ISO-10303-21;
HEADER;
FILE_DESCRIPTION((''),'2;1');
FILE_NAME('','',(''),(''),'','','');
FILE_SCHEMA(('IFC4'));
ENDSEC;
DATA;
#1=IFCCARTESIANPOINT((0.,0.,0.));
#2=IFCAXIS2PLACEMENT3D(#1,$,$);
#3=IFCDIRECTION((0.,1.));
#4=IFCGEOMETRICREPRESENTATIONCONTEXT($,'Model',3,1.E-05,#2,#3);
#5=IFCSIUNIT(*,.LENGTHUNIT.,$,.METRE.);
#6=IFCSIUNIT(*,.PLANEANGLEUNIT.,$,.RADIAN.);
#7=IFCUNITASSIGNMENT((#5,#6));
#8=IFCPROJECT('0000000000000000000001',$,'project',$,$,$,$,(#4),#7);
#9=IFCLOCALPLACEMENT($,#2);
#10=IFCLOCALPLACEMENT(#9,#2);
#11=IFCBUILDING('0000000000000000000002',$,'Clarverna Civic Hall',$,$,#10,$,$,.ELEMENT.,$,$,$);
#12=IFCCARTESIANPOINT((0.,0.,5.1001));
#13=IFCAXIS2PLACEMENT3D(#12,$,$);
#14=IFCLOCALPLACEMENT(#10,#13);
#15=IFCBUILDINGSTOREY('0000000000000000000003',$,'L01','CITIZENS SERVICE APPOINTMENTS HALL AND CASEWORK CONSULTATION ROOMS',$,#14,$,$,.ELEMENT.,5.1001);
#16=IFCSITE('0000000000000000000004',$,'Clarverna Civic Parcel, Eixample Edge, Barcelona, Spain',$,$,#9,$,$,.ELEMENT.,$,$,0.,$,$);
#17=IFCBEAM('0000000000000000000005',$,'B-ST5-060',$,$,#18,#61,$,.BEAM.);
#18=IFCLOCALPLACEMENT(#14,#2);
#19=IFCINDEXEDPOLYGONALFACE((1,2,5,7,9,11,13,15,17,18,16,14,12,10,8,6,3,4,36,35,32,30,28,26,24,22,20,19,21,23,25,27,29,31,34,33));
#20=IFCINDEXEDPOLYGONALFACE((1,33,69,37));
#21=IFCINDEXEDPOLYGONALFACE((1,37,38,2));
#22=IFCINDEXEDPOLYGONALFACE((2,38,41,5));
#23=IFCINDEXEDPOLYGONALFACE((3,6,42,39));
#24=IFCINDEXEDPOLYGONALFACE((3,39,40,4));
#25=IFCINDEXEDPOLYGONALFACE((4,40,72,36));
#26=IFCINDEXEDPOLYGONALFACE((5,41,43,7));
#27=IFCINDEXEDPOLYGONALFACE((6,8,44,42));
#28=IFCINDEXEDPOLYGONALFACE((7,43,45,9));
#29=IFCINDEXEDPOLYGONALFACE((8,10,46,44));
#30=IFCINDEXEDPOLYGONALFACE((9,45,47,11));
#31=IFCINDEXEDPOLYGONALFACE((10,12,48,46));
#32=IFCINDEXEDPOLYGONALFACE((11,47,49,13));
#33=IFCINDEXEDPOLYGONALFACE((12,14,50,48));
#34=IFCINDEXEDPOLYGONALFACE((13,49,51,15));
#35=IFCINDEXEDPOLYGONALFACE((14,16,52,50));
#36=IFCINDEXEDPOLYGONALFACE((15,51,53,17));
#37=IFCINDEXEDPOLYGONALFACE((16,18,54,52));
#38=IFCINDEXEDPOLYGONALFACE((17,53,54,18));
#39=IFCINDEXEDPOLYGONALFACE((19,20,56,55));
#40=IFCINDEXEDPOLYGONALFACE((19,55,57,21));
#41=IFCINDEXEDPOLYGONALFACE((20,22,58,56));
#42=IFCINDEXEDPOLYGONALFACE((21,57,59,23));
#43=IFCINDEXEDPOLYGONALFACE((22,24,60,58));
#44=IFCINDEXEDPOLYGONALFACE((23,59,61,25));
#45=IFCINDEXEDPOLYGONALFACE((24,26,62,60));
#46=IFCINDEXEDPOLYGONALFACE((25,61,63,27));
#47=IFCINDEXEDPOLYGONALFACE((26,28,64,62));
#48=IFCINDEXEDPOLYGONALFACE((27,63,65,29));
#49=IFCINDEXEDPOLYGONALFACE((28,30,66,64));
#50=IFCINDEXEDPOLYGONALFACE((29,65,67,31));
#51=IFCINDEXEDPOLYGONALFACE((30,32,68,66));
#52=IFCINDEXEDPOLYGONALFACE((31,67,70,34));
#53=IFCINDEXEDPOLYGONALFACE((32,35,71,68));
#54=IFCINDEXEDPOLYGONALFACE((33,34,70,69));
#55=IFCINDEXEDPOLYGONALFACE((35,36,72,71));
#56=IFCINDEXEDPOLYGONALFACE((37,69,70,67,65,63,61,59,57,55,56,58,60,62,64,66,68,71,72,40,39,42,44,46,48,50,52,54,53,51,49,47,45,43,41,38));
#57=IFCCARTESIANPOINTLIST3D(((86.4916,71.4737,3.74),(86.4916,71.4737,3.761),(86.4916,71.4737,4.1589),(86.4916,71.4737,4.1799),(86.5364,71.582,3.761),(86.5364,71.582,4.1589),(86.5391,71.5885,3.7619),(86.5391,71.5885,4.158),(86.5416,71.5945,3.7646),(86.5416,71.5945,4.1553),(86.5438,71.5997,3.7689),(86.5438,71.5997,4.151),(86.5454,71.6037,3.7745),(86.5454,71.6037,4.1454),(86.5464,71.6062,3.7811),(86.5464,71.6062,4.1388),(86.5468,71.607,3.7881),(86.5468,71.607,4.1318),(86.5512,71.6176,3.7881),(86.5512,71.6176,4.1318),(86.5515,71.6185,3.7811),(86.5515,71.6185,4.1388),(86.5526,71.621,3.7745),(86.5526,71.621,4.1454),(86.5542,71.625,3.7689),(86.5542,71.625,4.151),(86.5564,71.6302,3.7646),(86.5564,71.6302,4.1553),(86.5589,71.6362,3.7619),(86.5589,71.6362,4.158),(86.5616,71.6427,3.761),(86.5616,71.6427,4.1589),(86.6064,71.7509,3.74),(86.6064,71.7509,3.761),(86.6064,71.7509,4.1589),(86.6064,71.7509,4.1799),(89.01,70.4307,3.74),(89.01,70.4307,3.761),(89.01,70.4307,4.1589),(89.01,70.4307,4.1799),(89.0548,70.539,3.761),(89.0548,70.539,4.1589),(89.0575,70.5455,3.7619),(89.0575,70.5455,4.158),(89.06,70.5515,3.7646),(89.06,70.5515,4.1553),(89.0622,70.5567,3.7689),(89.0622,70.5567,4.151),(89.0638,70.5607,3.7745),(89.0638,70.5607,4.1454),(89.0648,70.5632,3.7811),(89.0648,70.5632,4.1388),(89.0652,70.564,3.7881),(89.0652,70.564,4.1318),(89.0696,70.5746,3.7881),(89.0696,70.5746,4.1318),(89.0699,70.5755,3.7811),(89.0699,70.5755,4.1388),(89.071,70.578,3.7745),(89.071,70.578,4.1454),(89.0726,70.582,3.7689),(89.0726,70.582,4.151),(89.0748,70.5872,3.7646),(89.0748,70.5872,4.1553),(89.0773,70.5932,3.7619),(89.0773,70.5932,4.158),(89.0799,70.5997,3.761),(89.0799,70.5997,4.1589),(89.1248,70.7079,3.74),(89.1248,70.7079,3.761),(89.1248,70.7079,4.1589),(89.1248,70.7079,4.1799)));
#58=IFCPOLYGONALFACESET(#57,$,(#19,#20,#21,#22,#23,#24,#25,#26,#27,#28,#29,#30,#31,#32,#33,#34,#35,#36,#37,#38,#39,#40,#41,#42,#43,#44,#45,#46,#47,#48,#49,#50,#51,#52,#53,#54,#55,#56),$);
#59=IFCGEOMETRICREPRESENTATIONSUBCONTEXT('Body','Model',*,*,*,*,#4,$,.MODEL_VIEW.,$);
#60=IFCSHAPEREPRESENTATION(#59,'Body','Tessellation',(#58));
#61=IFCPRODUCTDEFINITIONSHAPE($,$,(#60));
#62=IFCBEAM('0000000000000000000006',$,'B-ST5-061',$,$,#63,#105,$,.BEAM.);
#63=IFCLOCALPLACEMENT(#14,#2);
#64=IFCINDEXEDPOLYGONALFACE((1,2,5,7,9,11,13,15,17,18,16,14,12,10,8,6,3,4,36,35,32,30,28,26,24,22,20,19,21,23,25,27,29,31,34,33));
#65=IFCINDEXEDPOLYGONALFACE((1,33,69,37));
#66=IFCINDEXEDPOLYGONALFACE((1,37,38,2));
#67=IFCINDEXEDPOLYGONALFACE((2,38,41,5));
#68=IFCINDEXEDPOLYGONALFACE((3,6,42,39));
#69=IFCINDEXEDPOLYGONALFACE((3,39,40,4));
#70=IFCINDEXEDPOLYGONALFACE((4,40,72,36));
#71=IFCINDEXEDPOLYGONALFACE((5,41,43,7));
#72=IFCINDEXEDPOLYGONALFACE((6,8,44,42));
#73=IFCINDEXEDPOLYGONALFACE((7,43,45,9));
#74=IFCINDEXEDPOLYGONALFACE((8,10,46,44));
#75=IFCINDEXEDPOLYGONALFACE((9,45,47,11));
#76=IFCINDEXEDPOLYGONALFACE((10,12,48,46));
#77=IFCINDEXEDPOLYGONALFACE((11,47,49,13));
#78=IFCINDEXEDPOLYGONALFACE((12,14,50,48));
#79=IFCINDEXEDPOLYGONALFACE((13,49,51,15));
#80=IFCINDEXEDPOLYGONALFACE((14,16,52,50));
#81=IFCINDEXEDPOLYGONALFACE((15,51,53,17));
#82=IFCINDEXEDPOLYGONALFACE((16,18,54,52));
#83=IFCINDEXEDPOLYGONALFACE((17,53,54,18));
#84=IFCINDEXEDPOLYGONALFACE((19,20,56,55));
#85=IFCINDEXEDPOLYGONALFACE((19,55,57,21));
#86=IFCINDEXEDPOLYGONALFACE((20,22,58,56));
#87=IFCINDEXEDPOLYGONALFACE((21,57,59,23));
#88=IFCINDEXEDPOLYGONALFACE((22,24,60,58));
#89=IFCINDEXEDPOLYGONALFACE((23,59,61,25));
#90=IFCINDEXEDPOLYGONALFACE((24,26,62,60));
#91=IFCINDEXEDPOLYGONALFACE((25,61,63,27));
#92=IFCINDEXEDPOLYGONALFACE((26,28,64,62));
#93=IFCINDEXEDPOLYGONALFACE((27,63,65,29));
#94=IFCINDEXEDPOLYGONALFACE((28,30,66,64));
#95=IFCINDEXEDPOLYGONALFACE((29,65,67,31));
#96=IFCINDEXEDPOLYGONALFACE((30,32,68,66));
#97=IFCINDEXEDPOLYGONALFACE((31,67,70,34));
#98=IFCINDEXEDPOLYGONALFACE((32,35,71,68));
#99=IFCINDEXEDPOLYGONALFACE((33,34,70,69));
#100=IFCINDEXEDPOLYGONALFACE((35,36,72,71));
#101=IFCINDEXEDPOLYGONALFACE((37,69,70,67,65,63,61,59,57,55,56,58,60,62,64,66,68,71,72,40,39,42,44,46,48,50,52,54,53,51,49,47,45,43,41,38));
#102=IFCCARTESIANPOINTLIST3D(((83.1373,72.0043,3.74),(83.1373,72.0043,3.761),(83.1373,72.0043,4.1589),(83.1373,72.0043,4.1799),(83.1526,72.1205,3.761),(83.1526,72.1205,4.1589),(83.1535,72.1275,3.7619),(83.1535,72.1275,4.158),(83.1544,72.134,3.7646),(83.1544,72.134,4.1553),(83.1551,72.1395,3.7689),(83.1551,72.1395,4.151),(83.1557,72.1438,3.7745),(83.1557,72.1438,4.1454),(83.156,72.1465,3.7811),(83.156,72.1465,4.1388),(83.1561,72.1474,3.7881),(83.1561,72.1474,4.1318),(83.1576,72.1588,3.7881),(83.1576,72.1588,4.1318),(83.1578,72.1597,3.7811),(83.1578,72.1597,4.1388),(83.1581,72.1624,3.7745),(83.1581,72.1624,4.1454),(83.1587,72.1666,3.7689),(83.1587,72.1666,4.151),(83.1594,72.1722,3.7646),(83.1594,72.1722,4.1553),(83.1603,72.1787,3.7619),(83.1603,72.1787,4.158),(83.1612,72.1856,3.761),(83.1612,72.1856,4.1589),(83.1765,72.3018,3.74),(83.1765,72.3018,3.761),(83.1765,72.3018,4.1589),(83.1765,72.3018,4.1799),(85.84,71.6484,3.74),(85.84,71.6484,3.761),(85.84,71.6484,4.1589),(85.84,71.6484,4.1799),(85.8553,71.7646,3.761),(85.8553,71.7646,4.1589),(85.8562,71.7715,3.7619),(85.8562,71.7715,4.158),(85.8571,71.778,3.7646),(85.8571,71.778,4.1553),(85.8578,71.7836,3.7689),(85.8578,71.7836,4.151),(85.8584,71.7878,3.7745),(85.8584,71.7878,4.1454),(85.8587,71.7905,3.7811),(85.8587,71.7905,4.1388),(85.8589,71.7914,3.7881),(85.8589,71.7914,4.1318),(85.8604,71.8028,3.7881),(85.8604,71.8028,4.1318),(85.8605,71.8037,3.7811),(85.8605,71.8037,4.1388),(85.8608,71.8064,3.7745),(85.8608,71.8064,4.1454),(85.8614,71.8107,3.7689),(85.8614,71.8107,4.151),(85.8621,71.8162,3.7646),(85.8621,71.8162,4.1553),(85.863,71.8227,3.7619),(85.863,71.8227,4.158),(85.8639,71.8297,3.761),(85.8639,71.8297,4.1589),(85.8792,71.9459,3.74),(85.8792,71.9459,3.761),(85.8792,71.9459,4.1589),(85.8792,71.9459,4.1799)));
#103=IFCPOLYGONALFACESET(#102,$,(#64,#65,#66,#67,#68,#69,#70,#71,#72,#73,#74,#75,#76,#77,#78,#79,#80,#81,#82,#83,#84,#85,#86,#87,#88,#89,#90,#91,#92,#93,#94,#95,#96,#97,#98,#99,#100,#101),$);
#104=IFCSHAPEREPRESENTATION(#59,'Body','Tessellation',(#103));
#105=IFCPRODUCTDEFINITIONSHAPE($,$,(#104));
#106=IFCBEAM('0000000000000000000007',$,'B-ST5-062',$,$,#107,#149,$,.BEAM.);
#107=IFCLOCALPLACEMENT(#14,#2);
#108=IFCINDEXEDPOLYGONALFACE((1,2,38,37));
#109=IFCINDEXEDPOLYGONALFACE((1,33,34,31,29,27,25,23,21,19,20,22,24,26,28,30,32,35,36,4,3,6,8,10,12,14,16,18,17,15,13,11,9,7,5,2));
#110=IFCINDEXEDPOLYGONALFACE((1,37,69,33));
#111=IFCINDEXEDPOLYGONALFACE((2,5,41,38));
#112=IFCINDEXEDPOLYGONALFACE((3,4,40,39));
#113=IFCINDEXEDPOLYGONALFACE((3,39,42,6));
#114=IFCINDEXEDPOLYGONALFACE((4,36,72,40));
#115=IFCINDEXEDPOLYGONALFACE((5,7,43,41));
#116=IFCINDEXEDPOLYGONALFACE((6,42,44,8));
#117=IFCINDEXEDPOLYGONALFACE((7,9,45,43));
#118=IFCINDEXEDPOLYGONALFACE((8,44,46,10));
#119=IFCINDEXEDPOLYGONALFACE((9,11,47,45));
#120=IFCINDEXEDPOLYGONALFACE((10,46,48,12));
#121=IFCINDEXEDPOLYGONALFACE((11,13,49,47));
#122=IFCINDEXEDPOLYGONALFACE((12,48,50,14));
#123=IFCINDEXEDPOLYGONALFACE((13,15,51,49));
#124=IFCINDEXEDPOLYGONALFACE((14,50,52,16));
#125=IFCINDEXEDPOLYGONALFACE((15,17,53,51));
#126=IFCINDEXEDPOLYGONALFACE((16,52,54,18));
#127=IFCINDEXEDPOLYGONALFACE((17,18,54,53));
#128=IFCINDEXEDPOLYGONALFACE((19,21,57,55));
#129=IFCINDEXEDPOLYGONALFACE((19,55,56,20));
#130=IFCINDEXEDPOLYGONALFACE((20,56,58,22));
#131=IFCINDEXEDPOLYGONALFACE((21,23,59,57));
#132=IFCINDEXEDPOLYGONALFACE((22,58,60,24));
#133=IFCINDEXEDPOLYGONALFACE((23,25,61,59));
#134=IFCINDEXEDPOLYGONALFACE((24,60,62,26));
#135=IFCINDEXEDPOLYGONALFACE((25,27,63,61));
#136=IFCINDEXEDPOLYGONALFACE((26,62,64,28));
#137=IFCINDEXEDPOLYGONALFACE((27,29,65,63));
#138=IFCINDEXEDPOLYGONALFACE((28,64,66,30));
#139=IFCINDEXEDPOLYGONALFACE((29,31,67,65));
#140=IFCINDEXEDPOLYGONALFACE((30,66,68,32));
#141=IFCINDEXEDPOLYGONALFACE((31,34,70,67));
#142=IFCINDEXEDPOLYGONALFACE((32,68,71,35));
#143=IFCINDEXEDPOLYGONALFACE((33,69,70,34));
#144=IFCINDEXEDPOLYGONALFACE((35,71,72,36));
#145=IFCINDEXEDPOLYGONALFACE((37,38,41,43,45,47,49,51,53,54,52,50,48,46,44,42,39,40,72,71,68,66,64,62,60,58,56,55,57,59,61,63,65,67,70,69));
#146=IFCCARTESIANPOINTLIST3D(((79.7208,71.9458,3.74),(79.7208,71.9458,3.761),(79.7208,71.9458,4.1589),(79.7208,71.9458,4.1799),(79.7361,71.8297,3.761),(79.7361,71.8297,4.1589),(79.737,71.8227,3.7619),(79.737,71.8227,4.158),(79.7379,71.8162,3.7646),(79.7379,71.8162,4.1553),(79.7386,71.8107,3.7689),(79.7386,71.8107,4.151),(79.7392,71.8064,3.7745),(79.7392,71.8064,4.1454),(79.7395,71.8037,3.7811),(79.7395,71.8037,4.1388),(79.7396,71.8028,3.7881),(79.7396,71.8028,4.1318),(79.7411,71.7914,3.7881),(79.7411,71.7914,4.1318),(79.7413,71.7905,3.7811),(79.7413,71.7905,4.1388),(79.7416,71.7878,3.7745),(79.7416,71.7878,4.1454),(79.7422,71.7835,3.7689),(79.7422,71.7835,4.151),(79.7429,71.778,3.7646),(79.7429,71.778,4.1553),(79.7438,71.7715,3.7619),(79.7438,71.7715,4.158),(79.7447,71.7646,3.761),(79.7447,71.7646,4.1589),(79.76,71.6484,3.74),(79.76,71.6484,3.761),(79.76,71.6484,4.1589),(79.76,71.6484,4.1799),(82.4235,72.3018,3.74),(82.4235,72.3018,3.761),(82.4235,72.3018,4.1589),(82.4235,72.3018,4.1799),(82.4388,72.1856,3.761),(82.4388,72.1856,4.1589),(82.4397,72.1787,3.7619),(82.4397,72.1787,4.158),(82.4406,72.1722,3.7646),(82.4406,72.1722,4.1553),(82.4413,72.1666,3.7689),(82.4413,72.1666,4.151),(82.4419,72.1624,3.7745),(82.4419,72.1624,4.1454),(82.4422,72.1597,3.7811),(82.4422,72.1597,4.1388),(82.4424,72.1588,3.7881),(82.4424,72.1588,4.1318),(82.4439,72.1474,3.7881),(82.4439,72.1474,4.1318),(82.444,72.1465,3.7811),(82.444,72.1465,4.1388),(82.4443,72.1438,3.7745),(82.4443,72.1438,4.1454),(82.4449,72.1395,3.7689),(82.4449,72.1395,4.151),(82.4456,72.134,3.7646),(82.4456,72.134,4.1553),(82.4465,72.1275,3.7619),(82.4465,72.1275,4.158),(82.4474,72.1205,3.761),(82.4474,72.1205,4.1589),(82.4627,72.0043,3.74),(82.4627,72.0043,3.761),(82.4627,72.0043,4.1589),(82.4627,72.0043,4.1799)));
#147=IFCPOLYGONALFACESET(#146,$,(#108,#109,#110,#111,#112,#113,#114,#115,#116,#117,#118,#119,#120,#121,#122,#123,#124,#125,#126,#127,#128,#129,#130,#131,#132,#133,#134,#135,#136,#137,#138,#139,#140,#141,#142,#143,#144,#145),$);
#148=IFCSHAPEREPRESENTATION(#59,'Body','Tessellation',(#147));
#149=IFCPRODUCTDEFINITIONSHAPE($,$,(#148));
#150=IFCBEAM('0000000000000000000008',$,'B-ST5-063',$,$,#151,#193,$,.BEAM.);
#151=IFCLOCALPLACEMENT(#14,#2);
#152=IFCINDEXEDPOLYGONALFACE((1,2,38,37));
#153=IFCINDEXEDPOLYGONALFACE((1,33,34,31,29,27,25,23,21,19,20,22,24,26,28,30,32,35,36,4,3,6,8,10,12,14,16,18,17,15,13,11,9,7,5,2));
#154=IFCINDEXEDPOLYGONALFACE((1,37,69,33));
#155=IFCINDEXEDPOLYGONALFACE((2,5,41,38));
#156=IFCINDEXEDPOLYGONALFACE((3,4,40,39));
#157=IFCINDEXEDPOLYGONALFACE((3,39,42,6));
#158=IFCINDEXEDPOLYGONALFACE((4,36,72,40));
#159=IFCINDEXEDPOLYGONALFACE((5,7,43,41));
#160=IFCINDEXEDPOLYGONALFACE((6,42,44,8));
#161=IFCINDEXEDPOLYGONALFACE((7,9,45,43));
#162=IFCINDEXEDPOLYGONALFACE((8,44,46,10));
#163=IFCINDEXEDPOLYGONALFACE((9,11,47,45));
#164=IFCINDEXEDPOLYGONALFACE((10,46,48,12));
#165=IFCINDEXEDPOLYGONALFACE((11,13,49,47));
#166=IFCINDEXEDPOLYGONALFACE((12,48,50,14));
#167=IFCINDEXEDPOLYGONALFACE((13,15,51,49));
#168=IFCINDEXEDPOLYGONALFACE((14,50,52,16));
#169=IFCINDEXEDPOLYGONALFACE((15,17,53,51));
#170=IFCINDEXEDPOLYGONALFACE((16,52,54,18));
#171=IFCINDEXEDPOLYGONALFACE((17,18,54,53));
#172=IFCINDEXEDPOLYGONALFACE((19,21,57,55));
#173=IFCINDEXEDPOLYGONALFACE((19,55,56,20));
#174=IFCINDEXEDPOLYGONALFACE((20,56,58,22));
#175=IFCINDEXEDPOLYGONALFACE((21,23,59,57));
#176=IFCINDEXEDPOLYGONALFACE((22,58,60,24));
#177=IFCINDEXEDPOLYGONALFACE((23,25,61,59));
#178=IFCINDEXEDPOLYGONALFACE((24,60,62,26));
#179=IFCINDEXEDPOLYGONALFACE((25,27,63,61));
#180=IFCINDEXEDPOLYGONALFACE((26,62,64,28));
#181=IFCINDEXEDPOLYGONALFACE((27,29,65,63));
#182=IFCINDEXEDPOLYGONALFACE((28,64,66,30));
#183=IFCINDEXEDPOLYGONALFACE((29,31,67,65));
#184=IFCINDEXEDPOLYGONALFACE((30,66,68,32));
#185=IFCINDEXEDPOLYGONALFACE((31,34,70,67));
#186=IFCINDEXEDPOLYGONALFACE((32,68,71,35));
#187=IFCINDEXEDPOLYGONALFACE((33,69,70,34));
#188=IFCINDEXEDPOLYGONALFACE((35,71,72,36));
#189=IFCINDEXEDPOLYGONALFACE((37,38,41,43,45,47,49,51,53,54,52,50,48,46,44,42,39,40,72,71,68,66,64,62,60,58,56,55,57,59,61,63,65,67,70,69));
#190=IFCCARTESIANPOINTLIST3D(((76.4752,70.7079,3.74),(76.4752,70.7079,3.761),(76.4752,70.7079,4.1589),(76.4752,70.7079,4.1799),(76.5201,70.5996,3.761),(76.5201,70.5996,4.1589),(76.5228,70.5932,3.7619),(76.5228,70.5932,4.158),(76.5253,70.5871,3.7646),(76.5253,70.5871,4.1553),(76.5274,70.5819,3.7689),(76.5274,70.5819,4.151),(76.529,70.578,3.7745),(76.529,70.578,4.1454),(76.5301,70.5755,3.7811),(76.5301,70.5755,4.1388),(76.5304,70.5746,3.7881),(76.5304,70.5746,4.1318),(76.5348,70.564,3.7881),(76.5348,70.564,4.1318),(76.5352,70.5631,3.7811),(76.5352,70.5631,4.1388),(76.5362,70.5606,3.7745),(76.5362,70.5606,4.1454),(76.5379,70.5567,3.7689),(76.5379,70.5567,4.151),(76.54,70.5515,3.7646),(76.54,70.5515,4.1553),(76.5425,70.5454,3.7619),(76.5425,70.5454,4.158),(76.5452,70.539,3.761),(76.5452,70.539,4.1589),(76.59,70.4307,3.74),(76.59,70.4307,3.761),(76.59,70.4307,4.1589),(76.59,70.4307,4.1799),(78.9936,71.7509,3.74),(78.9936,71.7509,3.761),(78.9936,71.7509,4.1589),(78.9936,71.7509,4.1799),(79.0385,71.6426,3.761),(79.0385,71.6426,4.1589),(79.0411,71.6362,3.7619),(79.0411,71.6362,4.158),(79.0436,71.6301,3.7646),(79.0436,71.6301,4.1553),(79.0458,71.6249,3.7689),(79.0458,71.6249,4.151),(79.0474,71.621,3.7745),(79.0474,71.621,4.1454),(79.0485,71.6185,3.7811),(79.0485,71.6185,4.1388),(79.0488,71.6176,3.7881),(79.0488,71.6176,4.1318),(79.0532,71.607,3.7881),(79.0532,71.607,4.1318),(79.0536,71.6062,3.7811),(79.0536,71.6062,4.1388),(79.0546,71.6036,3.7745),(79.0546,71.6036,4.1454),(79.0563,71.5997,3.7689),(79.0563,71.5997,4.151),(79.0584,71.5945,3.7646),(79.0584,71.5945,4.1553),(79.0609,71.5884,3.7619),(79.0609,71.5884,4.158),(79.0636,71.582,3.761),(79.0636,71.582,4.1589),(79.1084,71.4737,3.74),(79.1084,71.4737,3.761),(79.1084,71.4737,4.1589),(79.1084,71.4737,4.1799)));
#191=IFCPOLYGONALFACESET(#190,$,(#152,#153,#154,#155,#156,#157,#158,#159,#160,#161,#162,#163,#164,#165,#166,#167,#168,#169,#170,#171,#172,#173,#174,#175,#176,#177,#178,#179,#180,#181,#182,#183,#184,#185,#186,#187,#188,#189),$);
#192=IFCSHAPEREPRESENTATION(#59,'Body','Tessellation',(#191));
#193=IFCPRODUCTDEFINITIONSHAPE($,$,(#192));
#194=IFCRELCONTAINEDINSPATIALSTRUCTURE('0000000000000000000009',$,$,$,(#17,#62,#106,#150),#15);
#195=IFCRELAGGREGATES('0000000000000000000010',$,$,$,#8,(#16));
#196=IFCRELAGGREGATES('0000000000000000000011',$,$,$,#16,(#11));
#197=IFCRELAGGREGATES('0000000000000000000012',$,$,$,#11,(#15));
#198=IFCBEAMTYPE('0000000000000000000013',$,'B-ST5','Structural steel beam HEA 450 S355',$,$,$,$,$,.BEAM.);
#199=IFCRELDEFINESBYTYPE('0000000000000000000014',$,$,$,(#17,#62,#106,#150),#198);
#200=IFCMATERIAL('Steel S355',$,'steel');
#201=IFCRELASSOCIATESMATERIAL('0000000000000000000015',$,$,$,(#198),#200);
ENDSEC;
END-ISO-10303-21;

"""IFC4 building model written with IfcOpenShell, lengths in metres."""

from ifc_helpers import new_model, si_unit, direction, frame, origin, origin_2d, place, context, subcontext, project, spatial, i_section, extrude, material, material_profile, profile_set, type_object, element, save


model = new_model("IFC4")

# Units and contexts
model_context = context("Model", 3, precision=1e-05, world=origin(), true_north=direction((0.0, 1.0)))
body_context = subcontext(model_context, "Body", "Model", "MODEL_VIEW")
ifc_project = project(units=[si_unit("LENGTHUNIT", "METRE"), si_unit("PLANEANGLEUNIT", "RADIAN")], contexts=[model_context])

# Site, building, storey
site_placement = place(None, origin())
site = spatial("IfcSite", under=ifc_project, at=site_placement, Name="Clarverna Civic Parcel, Eixample Edge, Barcelona, Spain", CompositionType="ELEMENT", RefElevation=0.0)
building_placement = place(site_placement, origin())
building = spatial("IfcBuilding", under=site, at=building_placement, Name="Clarverna Civic Hall", CompositionType="ELEMENT")
storey_placement = place(building_placement, frame((0.0, 0.0, 5.1001)))
storey = spatial("IfcBuildingStorey", under=building, at=storey_placement, Name="L01", Description="CITIZENS SERVICE APPOINTMENTS HALL AND CASEWORK CONSULTATION ROOMS", CompositionType="ELEMENT", Elevation=5.1001)

# Beams
ifc_material_1 = material(Name="Steel S355", Category="steel")
ifc_material_profile_1 = material_profile(ifc_material_1, i_section(OverallWidth=0.3, OverallDepth=0.4399, WebThickness=0.0115, FlangeThickness=0.021, FilletRadius=0.0271, at=origin_2d()), Name="HEA 450")
ifc_profile_set_1 = profile_set([ifc_material_profile_1], Name="Steel S355")
beam_type_1 = type_object("IfcBeamType", Name="B-ST5", Description="Structural steel beam HEA 450 S355", PredefinedType="BEAM", material=ifc_profile_set_1)
beam_1_placement = place(storey_placement, frame((89.0674, 70.5693, 3.96), z_axis=(-0.923899, 0.382637, 0.0), x_axis=(-0.382637, -0.923899, 0.0)))
element("IfcBeam", 1, at=beam_1_placement, inside=storey, type_object=beam_type_1, Name="B-ST5-060", PredefinedType="BEAM", context=body_context, shape_type="SweptSolid", body=[
    extrude(i_section(OverallWidth=0.3, OverallDepth=0.4399, WebThickness=0.0115, FlangeThickness=0.021, FilletRadius=0.0271, at=origin_2d()), origin(), (0.0, 0.0, 1.0), 2.7258),
])
for number, where, z_axis, x_axis, name in (
    (2, (85.8596, 71.7971, 3.96), (-0.991438, 0.13058, 0.0), (-0.13058, -0.991438, 0.0), "B-ST5-061"),
    (3, (82.4431, 72.1531, 3.96), (-0.991438, -0.13058, 0.0), (0.13058, -0.991438, 0.0), "B-ST5-062"),
):
    element("IfcBeam", number, at=place(storey_placement, frame(where, z_axis=z_axis, x_axis=x_axis)), inside=storey, type_object=beam_type_1, Name=name, PredefinedType="BEAM", context=body_context, shape_type="SweptSolid", body=[
        extrude(i_section(OverallWidth=0.3, OverallDepth=0.4399, WebThickness=0.0115, FlangeThickness=0.021, FilletRadius=0.0271, at=origin_2d()), origin(), (0.0, 0.0, 1.0), 2.7261),
    ])
beam_2_placement = place(storey_placement, frame((79.051, 71.6123, 3.96), z_axis=(-0.923899, -0.382637, 0.0), x_axis=(0.382637, -0.923899, 0.0)))
element("IfcBeam", 4, at=beam_2_placement, inside=storey, type_object=beam_type_1, Name="B-ST5-063", PredefinedType="BEAM", context=body_context, shape_type="SweptSolid", body=[
    extrude(i_section(OverallWidth=0.3, OverallDepth=0.4399, WebThickness=0.0115, FlangeThickness=0.021, FilletRadius=0.0271, at=origin_2d()), origin(), (0.0, 0.0, 1.0), 2.7258),
])

save(model, "model.ifc")
